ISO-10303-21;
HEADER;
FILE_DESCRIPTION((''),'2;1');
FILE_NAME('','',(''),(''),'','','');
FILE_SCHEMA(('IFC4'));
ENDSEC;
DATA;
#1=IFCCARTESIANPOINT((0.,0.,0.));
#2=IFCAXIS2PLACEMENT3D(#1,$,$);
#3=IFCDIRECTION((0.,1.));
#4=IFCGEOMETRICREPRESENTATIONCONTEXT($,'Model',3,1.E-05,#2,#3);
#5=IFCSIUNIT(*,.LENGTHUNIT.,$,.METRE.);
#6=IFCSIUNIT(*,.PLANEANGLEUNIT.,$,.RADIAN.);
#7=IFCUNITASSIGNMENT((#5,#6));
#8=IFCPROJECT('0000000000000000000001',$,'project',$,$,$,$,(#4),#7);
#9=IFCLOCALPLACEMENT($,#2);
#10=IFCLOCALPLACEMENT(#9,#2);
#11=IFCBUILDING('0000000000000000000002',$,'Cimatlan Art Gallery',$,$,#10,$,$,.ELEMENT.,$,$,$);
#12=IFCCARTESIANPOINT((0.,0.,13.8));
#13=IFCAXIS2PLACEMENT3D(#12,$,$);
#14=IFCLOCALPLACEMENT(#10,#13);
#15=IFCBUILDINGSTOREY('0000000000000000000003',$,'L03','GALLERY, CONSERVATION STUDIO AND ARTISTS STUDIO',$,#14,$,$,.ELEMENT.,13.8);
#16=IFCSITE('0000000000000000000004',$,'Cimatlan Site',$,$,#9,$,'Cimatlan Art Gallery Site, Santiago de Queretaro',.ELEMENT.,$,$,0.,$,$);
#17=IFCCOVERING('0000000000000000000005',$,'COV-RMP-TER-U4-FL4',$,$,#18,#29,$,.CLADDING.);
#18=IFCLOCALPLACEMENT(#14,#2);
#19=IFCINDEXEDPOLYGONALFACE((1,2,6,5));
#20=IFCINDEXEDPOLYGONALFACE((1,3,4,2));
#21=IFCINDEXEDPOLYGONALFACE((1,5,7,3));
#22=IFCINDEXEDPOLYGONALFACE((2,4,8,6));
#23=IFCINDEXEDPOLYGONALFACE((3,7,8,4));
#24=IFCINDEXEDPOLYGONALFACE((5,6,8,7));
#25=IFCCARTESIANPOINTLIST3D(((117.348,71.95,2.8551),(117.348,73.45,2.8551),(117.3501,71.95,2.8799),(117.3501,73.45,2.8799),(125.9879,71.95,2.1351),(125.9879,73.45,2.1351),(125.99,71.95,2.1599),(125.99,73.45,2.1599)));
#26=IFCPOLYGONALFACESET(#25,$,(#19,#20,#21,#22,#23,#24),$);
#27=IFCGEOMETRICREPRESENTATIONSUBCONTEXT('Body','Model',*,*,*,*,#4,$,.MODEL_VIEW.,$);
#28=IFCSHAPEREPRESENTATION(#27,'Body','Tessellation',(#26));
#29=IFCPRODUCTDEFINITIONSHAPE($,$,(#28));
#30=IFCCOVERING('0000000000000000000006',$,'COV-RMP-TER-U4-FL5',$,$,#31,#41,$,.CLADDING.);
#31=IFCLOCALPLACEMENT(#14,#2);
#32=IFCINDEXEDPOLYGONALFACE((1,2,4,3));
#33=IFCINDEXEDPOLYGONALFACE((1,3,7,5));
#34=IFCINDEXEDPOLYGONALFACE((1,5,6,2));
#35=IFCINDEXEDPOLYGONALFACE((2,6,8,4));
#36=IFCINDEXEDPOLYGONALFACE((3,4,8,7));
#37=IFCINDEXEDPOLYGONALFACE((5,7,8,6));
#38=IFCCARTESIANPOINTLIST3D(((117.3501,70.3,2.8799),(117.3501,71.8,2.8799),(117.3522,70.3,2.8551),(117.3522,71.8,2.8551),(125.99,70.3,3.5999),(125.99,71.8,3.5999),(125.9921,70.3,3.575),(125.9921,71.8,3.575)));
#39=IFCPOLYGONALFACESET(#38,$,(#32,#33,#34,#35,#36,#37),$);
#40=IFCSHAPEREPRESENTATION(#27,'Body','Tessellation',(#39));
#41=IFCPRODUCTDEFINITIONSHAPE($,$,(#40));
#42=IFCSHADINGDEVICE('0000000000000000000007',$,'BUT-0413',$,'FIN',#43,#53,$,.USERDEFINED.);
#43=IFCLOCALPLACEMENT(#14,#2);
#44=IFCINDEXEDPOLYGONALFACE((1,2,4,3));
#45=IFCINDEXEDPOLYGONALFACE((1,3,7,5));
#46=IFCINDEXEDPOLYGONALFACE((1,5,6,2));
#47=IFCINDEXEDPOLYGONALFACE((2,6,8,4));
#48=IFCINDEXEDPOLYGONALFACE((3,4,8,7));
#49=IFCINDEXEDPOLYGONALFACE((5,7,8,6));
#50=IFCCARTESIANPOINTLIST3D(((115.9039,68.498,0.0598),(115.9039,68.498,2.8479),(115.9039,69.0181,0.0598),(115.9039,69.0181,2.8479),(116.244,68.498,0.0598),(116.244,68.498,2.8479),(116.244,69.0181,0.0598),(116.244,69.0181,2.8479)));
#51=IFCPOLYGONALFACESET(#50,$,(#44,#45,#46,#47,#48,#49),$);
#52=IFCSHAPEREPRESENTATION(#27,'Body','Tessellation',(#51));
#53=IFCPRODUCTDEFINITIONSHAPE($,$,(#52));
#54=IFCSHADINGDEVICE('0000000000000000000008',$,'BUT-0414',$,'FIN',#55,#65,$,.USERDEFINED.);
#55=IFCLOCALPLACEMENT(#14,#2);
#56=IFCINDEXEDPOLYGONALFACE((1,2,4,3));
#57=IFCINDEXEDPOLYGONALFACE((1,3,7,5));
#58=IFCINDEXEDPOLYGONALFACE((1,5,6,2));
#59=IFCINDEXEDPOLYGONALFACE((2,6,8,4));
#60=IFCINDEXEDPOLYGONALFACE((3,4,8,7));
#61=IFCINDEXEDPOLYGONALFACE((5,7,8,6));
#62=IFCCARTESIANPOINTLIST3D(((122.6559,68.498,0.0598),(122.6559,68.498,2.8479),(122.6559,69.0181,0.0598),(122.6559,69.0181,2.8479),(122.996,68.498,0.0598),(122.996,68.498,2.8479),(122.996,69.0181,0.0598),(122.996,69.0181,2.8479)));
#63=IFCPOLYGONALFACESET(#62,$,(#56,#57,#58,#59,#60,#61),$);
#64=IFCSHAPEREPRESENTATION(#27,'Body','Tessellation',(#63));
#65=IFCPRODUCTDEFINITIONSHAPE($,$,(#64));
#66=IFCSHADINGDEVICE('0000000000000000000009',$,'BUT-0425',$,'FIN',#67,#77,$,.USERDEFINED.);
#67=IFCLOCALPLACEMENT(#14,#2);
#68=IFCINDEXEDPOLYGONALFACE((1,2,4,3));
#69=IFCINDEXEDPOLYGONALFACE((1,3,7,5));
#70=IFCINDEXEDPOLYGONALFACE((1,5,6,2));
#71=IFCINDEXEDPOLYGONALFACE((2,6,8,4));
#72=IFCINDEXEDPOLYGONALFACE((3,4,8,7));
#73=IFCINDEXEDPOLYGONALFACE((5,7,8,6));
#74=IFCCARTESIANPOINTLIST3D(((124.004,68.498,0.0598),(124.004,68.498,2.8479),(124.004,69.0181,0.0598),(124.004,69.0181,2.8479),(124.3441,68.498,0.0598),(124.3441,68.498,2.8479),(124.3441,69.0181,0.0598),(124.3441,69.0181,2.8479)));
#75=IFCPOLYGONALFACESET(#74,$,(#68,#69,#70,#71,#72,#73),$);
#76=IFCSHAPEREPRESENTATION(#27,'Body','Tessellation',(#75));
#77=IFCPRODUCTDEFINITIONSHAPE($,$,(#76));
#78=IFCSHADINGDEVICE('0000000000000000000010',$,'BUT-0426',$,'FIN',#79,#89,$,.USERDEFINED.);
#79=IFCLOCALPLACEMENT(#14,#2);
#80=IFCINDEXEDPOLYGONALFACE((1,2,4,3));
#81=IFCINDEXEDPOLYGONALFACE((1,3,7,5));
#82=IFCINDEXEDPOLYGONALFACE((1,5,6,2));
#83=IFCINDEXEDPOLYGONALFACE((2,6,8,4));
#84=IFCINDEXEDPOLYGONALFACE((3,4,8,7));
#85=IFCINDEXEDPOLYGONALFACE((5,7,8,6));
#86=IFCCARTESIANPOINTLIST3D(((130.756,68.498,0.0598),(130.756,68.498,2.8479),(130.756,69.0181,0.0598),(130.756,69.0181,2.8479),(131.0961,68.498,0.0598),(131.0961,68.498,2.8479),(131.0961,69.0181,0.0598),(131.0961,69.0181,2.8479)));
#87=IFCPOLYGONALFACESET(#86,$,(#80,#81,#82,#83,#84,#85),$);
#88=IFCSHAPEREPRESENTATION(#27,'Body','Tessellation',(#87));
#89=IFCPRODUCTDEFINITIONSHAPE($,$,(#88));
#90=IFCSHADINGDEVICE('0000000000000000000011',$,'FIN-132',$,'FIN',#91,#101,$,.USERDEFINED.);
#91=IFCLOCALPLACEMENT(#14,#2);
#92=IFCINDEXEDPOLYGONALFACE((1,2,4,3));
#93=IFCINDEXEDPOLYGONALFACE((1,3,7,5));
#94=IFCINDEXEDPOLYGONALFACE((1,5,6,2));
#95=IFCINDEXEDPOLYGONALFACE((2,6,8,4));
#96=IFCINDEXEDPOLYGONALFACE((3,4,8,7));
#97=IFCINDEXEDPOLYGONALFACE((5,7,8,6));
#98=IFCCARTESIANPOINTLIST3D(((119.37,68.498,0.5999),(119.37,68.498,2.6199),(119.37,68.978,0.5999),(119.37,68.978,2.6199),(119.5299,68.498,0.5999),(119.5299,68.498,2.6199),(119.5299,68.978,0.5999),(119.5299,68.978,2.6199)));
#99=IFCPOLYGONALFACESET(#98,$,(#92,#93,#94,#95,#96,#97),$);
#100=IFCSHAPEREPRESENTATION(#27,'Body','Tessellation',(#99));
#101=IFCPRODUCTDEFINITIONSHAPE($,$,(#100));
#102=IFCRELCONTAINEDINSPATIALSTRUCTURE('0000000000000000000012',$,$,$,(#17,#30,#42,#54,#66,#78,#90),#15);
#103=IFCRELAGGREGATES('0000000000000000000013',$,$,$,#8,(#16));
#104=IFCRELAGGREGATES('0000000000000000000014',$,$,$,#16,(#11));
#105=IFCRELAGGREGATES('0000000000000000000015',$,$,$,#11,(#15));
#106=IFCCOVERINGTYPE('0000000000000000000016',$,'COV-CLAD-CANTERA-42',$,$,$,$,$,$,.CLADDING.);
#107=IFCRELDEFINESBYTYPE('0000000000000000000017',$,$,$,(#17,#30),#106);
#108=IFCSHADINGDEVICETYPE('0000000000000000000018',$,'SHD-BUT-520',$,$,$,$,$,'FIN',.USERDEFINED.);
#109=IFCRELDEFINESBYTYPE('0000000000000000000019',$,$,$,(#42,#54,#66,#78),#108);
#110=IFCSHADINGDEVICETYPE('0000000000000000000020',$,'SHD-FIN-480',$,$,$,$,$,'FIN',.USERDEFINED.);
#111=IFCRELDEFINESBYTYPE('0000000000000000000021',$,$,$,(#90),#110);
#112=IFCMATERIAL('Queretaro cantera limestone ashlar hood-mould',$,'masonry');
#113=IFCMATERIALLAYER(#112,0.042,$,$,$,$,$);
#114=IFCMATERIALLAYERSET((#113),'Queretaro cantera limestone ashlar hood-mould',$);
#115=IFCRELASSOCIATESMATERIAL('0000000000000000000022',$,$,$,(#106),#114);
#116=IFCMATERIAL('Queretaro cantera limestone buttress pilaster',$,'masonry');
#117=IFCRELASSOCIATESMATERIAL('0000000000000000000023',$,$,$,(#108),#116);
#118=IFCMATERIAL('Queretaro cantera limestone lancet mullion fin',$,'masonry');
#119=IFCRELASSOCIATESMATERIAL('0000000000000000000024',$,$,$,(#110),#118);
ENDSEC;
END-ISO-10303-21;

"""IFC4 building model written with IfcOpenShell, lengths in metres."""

from ifc_helpers import new_model, si_unit, direction, frame, origin, origin_2d, place, context, subcontext, project, spatial, polyline, rectangle, outline, extrude, material, layer, layer_set, type_object, element, save


model = new_model("IFC4")

# Units and contexts
model_context = context("Model", 3, precision=1e-05, world=origin(), true_north=direction((0.0, 1.0)))
body_context = subcontext(model_context, "Body", "Model", "MODEL_VIEW")
ifc_project = project(units=[si_unit("LENGTHUNIT", "METRE"), si_unit("PLANEANGLEUNIT", "RADIAN")], contexts=[model_context])

# Site, building, storey
site_placement = place(None, origin())
site = spatial("IfcSite", under=ifc_project, at=site_placement, Name="Cimatlan Site", LongName="Cimatlan Art Gallery Site, Santiago de Queretaro", CompositionType="ELEMENT", RefElevation=0.0)
building_placement = place(site_placement, origin())
building = spatial("IfcBuilding", under=site, at=building_placement, Name="Cimatlan Art Gallery", CompositionType="ELEMENT")
storey_placement = place(building_placement, frame((0.0, 0.0, 13.8)))
storey = spatial("IfcBuildingStorey", under=building, at=storey_placement, Name="L03", Description="GALLERY, CONSERVATION STUDIO AND ARTISTS STUDIO", CompositionType="ELEMENT", Elevation=13.8)

# Coverings
ifc_material_1 = material(Name="Queretaro cantera limestone ashlar hood-mould", Category="masonry")
ifc_layer_1 = layer(ifc_material_1, 0.042)
ifc_layer_set_1 = layer_set([ifc_layer_1], Name="Queretaro cantera limestone ashlar hood-mould")
covering_type = type_object("IfcCoveringType", Name="COV-CLAD-CANTERA-42", PredefinedType="CLADDING", material=ifc_layer_set_1)
for number, where, z_axis, x_axis, name in (
    (1, (117.3501, 71.95, 2.8799), (0.083043, 0.0, 0.996546), (0.996546, 0.0, -0.083043), "COV-RMP-TER-U4-FL4"),
    (2, (117.3501, 70.3, 2.8799), (-0.083043, 0.0, 0.996546), (0.996546, 0.0, 0.083043), "COV-RMP-TER-U4-FL5"),
):
    element("IfcCovering", number, at=place(storey_placement, frame(where, z_axis=z_axis, x_axis=x_axis)), inside=storey, type_object=covering_type, Name=name, PredefinedType="CLADDING", context=body_context, shape_type="SweptSolid", body=[
        extrude(outline(polyline([(0.0, 0.0), (8.6698, 0.0), (8.6698, 1.5), (0.0, 1.5), (0.0, 0.0)])), origin(), (0.0, 0.0, -1.0), 0.0249),
    ])

# Shading devices
ifc_material_2 = material(Name="Queretaro cantera limestone buttress pilaster", Category="masonry")
shading_device_type_1 = type_object("IfcShadingDeviceType", Name="SHD-BUT-520", ElementType="FIN", PredefinedType="USERDEFINED", material=ifc_material_2)
for number, where, z_axis, x_axis, name in (
    (3, (116.074, 68.7581, 0.0598), (0.0, 0.0, 1.0), (1.0, 0.0, 0.0), "BUT-0413"),
    (4, (122.8259, 68.7581, 0.0598), (0.0, 0.0, 1.0), (1.0, 0.0, 0.0), "BUT-0414"),
    (5, (124.1741, 68.7581, 0.0598), (0.0, 0.0, 1.0), (1.0, 0.0, 0.0), "BUT-0425"),
    (6, (130.926, 68.7581, 0.0598), (0.0, 0.0, 1.0), (1.0, 0.0, 0.0), "BUT-0426"),
):
    element("IfcShadingDevice", number, at=place(storey_placement, frame(where, z_axis=z_axis, x_axis=x_axis)), inside=storey, type_object=shading_device_type_1, Name=name, ObjectType="FIN", PredefinedType="USERDEFINED", context=body_context, shape_type="SweptSolid", body=[
        extrude(rectangle(XDim=0.3401, YDim=0.52, at=origin_2d()), origin(), (0.0, 0.0, 1.0), 2.7881),
    ])
ifc_material_3 = material(Name="Queretaro cantera limestone lancet mullion fin", Category="masonry")
shading_device_type_2 = type_object("IfcShadingDeviceType", Name="SHD-FIN-480", ElementType="FIN", PredefinedType="USERDEFINED", material=ifc_material_3)
shading_device_placement = place(storey_placement, frame((119.45, 68.738, 0.5999), z_axis=(0.0, 0.0, 1.0), x_axis=(1.0, 0.0, 0.0)))
element("IfcShadingDevice", 7, at=shading_device_placement, inside=storey, type_object=shading_device_type_2, Name="FIN-132", ObjectType="FIN", PredefinedType="USERDEFINED", context=body_context, shape_type="SweptSolid", body=[
    extrude(rectangle(XDim=0.1599, YDim=0.48, at=origin_2d()), origin(), (0.0, 0.0, 1.0), 2.02),
])

save(model, "model.ifc")
